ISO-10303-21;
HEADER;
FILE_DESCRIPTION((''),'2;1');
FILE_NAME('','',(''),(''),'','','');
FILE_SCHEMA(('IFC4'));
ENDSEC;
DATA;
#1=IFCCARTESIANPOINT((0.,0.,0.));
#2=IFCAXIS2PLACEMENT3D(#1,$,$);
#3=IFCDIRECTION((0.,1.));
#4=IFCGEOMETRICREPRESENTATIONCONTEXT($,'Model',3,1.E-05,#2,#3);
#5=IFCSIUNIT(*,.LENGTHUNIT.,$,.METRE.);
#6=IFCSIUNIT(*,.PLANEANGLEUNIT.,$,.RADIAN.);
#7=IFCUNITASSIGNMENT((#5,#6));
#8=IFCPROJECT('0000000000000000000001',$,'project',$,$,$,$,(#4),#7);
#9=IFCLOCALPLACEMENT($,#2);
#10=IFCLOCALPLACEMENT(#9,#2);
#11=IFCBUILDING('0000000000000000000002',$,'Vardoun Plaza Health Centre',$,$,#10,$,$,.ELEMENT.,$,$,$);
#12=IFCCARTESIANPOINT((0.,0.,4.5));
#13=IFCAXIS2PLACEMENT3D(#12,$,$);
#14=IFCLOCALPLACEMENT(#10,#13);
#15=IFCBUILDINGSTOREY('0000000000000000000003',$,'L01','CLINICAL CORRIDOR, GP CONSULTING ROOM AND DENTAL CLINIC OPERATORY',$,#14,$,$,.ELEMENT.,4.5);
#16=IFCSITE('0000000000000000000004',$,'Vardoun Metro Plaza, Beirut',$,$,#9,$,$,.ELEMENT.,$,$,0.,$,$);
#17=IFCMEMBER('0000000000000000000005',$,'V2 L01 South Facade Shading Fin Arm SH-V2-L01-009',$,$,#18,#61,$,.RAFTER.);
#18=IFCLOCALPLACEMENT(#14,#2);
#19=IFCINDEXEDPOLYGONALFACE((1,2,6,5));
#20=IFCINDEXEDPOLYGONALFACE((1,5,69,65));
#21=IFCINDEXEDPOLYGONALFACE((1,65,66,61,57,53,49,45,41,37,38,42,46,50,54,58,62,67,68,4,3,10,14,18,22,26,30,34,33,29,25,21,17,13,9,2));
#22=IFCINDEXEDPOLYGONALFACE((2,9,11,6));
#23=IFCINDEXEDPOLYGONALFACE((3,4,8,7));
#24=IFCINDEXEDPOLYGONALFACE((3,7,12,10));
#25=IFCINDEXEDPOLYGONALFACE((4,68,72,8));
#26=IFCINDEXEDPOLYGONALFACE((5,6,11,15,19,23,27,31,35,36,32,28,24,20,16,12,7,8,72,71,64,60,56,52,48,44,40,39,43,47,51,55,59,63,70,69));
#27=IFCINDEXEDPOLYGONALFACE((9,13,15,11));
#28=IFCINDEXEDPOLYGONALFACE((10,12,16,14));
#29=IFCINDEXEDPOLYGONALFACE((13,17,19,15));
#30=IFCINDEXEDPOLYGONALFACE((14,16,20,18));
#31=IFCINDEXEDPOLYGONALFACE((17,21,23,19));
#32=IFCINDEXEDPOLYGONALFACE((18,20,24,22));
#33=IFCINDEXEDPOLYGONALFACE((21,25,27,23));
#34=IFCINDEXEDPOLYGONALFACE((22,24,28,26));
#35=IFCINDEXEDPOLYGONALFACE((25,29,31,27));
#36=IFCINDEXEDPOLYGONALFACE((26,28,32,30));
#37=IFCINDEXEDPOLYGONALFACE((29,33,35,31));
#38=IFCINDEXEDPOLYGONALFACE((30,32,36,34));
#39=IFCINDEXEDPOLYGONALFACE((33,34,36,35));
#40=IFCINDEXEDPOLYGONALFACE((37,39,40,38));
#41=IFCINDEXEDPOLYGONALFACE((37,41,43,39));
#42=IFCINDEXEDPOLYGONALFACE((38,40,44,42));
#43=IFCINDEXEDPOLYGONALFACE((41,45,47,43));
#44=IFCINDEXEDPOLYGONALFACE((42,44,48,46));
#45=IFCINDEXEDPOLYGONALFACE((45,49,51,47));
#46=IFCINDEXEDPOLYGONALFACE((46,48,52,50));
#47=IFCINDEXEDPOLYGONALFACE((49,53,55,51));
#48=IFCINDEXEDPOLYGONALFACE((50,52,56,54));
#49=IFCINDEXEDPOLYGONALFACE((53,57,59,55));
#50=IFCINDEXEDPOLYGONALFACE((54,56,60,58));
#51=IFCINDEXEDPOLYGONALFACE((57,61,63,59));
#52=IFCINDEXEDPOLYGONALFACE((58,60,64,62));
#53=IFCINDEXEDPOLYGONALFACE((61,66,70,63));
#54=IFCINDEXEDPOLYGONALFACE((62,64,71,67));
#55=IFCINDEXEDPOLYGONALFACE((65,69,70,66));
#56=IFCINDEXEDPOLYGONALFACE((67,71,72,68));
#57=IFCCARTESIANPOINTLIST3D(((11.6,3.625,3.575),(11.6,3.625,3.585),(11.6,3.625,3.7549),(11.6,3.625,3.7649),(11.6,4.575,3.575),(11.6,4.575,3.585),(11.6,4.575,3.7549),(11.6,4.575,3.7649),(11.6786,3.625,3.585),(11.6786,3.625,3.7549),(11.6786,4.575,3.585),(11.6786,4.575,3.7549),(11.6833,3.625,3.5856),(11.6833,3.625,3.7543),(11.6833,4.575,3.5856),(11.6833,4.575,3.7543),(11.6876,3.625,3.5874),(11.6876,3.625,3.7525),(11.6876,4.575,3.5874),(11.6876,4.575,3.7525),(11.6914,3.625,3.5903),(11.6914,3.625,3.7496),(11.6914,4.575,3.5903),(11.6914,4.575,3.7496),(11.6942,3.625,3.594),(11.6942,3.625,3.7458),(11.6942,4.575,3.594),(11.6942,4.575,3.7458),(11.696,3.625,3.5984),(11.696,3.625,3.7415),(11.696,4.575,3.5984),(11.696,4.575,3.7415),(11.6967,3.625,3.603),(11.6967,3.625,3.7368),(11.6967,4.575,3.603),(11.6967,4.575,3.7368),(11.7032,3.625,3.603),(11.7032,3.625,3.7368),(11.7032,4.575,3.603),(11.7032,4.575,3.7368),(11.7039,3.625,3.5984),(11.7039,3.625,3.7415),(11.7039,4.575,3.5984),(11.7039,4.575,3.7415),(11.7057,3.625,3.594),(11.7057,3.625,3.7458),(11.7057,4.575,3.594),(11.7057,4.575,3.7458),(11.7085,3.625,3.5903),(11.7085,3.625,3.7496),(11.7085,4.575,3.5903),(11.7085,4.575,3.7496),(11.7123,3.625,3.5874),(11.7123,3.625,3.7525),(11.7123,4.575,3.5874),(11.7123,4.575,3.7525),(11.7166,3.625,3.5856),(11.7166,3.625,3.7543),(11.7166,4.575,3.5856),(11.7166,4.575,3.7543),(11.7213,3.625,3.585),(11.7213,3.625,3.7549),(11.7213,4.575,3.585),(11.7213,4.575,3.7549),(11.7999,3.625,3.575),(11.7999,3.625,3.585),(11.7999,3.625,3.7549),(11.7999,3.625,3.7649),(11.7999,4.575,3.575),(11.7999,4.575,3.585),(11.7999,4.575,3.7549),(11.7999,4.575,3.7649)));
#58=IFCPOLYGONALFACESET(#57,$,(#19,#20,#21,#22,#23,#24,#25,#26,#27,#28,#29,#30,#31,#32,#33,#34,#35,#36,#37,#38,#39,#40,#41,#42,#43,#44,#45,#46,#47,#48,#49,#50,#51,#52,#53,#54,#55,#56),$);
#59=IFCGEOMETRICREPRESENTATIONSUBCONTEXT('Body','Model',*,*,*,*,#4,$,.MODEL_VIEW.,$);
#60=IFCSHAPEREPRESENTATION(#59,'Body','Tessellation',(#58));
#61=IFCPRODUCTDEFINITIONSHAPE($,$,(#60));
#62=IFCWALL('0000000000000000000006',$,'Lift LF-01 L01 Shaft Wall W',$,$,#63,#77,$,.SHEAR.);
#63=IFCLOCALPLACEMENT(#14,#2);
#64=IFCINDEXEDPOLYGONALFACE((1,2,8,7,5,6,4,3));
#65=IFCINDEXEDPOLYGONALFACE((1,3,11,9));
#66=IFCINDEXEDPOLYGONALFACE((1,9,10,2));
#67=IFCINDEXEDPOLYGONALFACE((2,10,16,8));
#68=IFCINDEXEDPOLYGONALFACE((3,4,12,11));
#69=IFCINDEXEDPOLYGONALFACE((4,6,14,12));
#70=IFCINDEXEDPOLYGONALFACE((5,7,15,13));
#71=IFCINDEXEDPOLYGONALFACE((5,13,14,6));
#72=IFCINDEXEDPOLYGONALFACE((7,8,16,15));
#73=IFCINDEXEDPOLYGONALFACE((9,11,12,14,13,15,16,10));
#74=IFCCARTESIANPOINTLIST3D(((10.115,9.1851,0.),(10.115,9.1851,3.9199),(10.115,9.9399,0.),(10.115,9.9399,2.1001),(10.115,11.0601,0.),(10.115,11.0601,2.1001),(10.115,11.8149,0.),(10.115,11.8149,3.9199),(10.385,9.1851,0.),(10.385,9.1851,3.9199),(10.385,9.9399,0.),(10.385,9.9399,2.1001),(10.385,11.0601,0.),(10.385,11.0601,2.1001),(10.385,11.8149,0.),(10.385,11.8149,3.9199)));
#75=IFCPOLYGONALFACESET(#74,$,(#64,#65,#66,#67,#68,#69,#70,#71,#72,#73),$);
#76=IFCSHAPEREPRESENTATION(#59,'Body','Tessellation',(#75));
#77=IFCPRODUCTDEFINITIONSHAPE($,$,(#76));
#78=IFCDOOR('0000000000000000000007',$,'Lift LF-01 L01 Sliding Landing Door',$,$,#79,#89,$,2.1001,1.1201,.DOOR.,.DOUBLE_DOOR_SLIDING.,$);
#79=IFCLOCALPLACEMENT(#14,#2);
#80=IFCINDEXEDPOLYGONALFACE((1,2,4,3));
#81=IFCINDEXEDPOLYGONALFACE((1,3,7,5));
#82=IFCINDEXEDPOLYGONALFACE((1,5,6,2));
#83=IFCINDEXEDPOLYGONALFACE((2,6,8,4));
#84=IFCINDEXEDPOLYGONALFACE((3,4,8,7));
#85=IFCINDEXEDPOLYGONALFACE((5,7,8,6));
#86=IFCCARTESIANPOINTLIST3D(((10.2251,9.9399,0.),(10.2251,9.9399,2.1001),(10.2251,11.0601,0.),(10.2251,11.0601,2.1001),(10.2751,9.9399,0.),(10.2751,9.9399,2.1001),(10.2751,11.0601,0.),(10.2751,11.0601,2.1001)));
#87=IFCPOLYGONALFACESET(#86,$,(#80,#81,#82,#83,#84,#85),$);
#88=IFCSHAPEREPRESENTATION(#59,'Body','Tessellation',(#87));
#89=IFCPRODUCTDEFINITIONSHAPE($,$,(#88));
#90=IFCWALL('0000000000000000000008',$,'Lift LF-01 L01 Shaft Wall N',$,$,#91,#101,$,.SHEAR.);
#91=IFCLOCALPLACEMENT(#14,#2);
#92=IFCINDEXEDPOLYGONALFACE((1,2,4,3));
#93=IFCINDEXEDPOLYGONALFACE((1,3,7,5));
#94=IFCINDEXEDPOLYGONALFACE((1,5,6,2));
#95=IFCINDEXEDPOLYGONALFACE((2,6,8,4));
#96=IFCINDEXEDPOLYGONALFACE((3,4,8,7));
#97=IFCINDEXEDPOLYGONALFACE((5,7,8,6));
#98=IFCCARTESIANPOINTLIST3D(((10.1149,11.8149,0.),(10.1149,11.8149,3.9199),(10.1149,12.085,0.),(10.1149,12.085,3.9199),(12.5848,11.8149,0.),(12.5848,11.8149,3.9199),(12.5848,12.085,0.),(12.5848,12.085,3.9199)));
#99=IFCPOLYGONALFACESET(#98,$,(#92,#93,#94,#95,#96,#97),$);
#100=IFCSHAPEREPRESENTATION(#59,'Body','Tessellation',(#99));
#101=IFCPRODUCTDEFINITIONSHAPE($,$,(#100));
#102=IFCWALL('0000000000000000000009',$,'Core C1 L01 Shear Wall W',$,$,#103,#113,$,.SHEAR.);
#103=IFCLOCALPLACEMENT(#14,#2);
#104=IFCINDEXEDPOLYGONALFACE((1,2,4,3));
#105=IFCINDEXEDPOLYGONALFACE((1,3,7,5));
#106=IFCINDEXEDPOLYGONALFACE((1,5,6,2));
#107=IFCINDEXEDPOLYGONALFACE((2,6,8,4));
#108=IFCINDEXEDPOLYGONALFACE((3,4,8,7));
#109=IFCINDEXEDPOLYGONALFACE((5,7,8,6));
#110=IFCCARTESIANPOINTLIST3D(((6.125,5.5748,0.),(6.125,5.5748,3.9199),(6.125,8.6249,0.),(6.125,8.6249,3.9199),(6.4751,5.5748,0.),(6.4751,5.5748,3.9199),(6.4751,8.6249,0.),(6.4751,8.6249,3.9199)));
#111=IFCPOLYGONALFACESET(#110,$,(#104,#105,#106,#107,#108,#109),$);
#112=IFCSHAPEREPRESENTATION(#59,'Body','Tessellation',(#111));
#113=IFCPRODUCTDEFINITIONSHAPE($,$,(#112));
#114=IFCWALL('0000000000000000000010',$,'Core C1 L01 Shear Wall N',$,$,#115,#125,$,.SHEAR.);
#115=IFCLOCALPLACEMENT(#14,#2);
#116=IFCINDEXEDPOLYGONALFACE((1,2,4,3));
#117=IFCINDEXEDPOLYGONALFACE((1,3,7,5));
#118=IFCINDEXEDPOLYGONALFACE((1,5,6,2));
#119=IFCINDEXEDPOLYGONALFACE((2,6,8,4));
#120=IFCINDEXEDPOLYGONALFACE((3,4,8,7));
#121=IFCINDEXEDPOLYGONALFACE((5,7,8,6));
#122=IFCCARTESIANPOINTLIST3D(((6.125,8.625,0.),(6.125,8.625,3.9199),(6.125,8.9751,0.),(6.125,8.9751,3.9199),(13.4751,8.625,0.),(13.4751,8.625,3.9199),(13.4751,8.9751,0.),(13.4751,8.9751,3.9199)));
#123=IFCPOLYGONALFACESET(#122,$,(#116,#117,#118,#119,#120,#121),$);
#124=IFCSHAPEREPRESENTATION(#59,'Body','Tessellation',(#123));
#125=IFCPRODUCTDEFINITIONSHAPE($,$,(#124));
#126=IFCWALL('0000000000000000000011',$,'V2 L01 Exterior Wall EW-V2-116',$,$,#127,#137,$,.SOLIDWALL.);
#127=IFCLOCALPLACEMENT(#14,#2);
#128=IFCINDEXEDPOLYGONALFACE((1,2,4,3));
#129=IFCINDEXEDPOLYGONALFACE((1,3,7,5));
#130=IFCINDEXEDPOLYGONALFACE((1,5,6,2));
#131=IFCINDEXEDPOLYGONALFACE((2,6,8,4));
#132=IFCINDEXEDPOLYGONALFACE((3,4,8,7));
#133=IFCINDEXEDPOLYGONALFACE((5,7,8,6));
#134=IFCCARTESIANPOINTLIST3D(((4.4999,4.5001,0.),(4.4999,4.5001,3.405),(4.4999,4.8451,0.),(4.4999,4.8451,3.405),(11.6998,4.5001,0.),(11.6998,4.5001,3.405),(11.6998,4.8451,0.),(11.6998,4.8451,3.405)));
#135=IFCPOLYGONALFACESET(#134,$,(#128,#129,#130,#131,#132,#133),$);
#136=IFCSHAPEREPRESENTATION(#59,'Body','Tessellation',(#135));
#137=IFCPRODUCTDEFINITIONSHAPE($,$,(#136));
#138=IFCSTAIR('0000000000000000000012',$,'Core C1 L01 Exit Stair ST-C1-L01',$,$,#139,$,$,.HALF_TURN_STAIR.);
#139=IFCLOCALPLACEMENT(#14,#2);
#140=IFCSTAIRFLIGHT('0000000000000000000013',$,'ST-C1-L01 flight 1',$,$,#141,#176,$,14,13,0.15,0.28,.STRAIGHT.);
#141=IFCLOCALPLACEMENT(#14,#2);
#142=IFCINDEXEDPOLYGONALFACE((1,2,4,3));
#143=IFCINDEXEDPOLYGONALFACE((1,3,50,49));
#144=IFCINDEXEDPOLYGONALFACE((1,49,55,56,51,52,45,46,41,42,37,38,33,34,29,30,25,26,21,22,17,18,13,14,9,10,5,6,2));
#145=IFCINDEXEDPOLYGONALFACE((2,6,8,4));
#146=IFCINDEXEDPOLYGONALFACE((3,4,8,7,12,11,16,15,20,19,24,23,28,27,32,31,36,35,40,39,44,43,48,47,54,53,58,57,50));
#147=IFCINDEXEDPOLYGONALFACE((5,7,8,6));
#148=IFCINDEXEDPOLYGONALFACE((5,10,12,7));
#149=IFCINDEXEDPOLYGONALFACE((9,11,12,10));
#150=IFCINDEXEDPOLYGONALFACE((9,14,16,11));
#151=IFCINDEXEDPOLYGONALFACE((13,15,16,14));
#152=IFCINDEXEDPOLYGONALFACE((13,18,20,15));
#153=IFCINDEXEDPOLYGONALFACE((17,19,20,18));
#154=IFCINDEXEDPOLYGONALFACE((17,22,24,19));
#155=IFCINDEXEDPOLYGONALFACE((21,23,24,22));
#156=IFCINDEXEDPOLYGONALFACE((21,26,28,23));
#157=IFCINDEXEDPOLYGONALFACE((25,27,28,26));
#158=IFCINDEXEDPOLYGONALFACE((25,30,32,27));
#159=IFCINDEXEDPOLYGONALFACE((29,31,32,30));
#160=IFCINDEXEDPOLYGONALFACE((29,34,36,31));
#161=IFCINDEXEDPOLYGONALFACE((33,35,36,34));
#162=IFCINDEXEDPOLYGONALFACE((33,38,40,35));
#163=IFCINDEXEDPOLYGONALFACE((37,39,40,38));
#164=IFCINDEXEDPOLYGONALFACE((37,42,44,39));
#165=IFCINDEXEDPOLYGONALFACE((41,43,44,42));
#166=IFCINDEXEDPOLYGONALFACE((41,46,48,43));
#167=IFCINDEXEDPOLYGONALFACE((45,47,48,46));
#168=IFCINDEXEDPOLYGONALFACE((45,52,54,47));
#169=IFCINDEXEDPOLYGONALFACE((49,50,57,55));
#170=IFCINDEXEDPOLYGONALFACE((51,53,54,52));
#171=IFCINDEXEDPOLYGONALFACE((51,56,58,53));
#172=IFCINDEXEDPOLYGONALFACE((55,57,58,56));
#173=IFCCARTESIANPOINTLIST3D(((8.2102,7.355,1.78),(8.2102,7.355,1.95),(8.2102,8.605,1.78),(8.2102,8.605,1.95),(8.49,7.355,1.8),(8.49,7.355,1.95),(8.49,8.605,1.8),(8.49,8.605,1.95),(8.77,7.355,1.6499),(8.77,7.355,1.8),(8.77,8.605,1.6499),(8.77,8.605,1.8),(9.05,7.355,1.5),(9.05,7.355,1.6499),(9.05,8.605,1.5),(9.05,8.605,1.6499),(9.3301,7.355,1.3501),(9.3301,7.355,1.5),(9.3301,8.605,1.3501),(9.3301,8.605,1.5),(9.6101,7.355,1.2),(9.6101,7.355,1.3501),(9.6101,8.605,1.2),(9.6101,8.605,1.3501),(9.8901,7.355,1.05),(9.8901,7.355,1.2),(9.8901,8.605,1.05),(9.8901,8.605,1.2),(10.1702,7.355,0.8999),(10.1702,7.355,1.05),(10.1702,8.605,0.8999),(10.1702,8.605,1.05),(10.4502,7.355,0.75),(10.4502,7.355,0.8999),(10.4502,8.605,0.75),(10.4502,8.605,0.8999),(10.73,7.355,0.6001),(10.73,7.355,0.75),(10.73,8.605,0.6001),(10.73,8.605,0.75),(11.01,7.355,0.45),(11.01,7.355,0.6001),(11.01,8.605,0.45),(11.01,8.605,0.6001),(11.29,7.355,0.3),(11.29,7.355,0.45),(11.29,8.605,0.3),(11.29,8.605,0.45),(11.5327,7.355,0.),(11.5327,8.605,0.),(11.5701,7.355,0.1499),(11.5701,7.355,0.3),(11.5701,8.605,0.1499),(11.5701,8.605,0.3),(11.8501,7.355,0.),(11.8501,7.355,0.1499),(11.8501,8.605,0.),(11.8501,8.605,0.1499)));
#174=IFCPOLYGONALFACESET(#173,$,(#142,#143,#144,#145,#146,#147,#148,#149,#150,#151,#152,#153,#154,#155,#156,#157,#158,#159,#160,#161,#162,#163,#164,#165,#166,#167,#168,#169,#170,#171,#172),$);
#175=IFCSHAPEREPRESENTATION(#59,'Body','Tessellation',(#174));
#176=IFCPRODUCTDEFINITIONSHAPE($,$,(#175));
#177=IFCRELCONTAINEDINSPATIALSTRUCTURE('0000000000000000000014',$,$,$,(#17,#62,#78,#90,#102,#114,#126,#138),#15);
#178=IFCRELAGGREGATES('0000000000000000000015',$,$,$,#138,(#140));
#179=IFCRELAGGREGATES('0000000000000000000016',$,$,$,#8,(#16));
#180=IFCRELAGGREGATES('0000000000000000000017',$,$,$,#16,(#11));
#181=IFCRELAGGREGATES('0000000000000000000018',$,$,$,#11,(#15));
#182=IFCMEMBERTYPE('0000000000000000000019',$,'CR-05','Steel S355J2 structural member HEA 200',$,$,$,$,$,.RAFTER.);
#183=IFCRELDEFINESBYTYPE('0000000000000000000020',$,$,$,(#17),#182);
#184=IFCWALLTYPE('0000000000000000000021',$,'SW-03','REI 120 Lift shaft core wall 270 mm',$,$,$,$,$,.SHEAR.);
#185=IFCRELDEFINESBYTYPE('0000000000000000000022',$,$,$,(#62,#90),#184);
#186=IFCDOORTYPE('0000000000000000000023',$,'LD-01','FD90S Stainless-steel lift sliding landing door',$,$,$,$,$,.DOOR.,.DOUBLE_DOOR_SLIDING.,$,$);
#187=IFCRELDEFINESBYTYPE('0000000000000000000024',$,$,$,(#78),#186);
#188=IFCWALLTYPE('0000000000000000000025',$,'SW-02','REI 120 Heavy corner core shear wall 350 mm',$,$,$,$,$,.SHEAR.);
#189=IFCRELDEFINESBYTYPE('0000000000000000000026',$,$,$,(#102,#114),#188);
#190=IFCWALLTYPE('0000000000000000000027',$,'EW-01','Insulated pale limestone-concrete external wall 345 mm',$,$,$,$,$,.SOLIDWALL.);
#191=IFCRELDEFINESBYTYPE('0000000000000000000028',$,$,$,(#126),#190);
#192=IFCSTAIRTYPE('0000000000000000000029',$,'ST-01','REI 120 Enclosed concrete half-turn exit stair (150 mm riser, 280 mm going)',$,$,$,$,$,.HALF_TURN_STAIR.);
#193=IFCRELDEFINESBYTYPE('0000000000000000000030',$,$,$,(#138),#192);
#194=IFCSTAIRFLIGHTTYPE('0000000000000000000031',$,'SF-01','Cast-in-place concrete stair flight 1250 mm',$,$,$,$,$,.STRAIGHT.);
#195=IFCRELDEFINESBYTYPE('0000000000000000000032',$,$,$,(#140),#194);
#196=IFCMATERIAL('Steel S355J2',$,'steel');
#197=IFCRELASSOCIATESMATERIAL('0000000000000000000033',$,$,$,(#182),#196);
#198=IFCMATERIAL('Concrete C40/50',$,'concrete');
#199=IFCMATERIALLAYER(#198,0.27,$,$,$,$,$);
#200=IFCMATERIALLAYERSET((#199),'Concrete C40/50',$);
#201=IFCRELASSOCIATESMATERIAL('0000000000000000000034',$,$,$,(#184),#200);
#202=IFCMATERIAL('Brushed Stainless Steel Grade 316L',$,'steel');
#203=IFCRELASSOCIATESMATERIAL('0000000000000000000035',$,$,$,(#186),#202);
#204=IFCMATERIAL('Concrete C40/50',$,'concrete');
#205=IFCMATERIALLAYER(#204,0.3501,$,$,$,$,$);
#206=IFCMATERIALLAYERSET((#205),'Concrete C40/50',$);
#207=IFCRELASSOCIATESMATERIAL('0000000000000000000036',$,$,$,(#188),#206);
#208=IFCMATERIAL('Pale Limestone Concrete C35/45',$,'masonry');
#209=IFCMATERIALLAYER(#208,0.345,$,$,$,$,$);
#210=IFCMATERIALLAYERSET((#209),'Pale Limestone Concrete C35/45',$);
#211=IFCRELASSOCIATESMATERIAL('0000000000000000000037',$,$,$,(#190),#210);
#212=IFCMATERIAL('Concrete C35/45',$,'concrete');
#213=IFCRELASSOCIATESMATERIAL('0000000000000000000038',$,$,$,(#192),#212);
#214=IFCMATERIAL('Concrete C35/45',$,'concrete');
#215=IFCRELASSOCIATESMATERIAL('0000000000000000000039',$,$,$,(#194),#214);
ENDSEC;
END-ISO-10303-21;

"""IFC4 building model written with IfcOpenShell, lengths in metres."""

from ifc_helpers import new_model, si_unit, direction, frame, frame_2d, origin, origin_2d, place, context, subcontext, project, spatial, polyline, rectangle, i_section, outline, extrude, material, layer, layer_set, material_profile, profile_set, type_object, element, fill, aggregate, save


model = new_model("IFC4")

# Units and contexts
model_context = context("Model", 3, precision=1e-05, world=origin(), true_north=direction((0.0, 1.0)))
body_context = subcontext(model_context, "Body", "Model", "MODEL_VIEW")
ifc_project = project(units=[si_unit("LENGTHUNIT", "METRE"), si_unit("PLANEANGLEUNIT", "RADIAN")], contexts=[model_context])

# Site, building, storey
site_placement = place(None, origin())
site = spatial("IfcSite", under=ifc_project, at=site_placement, Name="Vardoun Metro Plaza, Beirut", CompositionType="ELEMENT", RefElevation=0.0)
building_placement = place(site_placement, origin())
building = spatial("IfcBuilding", under=site, at=building_placement, Name="Vardoun Plaza Health Centre", CompositionType="ELEMENT")
storey_placement = place(building_placement, frame((0.0, 0.0, 4.5)))
storey = spatial("IfcBuildingStorey", under=building, at=storey_placement, Name="L01", Description="CLINICAL CORRIDOR, GP CONSULTING ROOM AND DENTAL CLINIC OPERATORY", CompositionType="ELEMENT", Elevation=4.5)

# Member
ifc_material_1 = material(Name="Steel S355J2", Category="steel")
ifc_material_profile_1 = material_profile(ifc_material_1, i_section(OverallWidth=0.2, OverallDepth=0.1899, WebThickness=0.0066, FlangeThickness=0.01, FilletRadius=0.0181, at=origin_2d()), Name="HEA 200")
ifc_profile_set_1 = profile_set([ifc_material_profile_1], Name="Steel S355J2")
member_type = type_object("IfcMemberType", Name="CR-05", Description="Steel S355J2 structural member HEA 200", PredefinedType="RAFTER", material=ifc_profile_set_1)
member_placement = place(storey_placement, frame((11.7, 4.575, 3.6699), z_axis=(0.0, -1.0, 0.0), x_axis=(1.0, 0.0, 0.0)))
element("IfcMember", 1, at=member_placement, inside=storey, type_object=member_type, Name="V2 L01 South Facade Shading Fin Arm SH-V2-L01-009", PredefinedType="RAFTER", context=body_context, shape_type="SweptSolid", body=[
    extrude(i_section(OverallWidth=0.2, OverallDepth=0.1899, WebThickness=0.0066, FlangeThickness=0.01, FilletRadius=0.0181, at=origin_2d()), origin(), (0.0, 0.0, 1.0), 0.95),
])

# Wall, opening, door
ifc_material_2 = material(Name="Concrete C40/50", Category="concrete")
ifc_layer_1 = layer(ifc_material_2, 0.27)
ifc_layer_set_1 = layer_set([ifc_layer_1], Name="Concrete C40/50")
wall_type_1 = type_object("IfcWallType", Name="SW-03", Description="REI 120 Lift shaft core wall 270 mm", PredefinedType="SHEAR", material=ifc_layer_set_1)
wall_1_placement = place(storey_placement, frame((10.25, 9.1851, 0.0), z_axis=(0.0, 0.0, 1.0), x_axis=(0.0, 1.0, 0.0)))
wall_1 = element("IfcWall", 2, at=wall_1_placement, inside=storey, type_object=wall_type_1, Name="Lift LF-01 L01 Shaft Wall W", PredefinedType="SHEAR", context=body_context, shape_type="SweptSolid", body=[
    extrude(rectangle(XDim=2.6299, YDim=0.27, at=frame_2d((1.3149, 0.0))), origin(), (0.0, 0.0, 1.0), 3.9199),
])
opening_placement = place(wall_1_placement, frame((0.7549, 0.0, 0.0)))
opening = element("IfcOpeningElement", 3, at=opening_placement, cuts=wall_1, PredefinedType="OPENING", context=body_context, shape_type="SweptSolid", body=[
    extrude(rectangle(XDim=1.1201, YDim=2.1001, at=frame_2d((0.5601, 1.05))), frame((0.0, 0.135, 0.0), z_axis=(0.0, -1.0, 0.0), x_axis=(1.0, 0.0, 0.0)), (0.0, 0.0, 1.0), 0.27),
])
ifc_material_3 = material(Name="Brushed Stainless Steel Grade 316L", Category="steel")
door_type = type_object("IfcDoorType", Name="LD-01", Description="FD90S Stainless-steel lift sliding landing door", OperationType="DOUBLE_DOOR_SLIDING", PredefinedType="DOOR", material=ifc_material_3)
door_placement = place(opening_placement, origin())
door = element("IfcDoor", 4, at=door_placement, inside=storey, type_object=door_type, Name="Lift LF-01 L01 Sliding Landing Door", OperationType="DOUBLE_DOOR_SLIDING", OverallHeight=2.1001, OverallWidth=1.1201, PredefinedType="DOOR", context=body_context, shape_type="SweptSolid", body=[
    extrude(rectangle(XDim=1.1201, YDim=2.1001, at=frame_2d((0.5601, 1.05))), frame((0.0, 0.0249, 0.0), z_axis=(0.0, -1.0, 0.0), x_axis=(1.0, 0.0, 0.0)), (0.0, 0.0, 1.0), 0.05),
])
fill(opening, door)

# Walls
wall_2_placement = place(storey_placement, frame((10.115, 11.95, 0.0), z_axis=(0.0, 0.0, 1.0), x_axis=(1.0, 0.0, 0.0)))
element("IfcWall", 5, at=wall_2_placement, inside=storey, type_object=wall_type_1, Name="Lift LF-01 L01 Shaft Wall N", PredefinedType="SHEAR", context=body_context, shape_type="SweptSolid", body=[
    extrude(rectangle(XDim=2.47, YDim=0.27, at=frame_2d((1.2349, 0.0))), origin(), (0.0, 0.0, 1.0), 3.9199),
])
ifc_material_4 = material(Name="Concrete C40/50", Category="concrete")
ifc_layer_2 = layer(ifc_material_4, 0.3501)
ifc_layer_set_2 = layer_set([ifc_layer_2], Name="Concrete C40/50")
wall_type_2 = type_object("IfcWallType", Name="SW-02", Description="REI 120 Heavy corner core shear wall 350 mm", PredefinedType="SHEAR", material=ifc_layer_set_2)
wall_3_placement = place(storey_placement, frame((6.3, 5.575, 0.0), z_axis=(0.0, 0.0, 1.0), x_axis=(0.0, 1.0, 0.0)))
element("IfcWall", 6, at=wall_3_placement, inside=storey, type_object=wall_type_2, Name="Core C1 L01 Shear Wall W", PredefinedType="SHEAR", context=body_context, shape_type="SweptSolid", body=[
    extrude(rectangle(XDim=3.05, YDim=0.3501, at=frame_2d((1.5249, 0.0))), origin(), (0.0, 0.0, 1.0), 3.9199),
])
wall_4_placement = place(storey_placement, frame((6.125, 8.8, 0.0), z_axis=(0.0, 0.0, 1.0), x_axis=(1.0, 0.0, 0.0)))
element("IfcWall", 7, at=wall_4_placement, inside=storey, type_object=wall_type_2, Name="Core C1 L01 Shear Wall N", PredefinedType="SHEAR", context=body_context, shape_type="SweptSolid", body=[
    extrude(rectangle(XDim=7.3501, YDim=0.3501, at=frame_2d((3.675, 0.0))), origin(), (0.0, 0.0, 1.0), 3.9199),
])
ifc_material_5 = material(Name="Pale Limestone Concrete C35/45", Category="masonry")
ifc_layer_3 = layer(ifc_material_5, 0.345)
ifc_layer_set_3 = layer_set([ifc_layer_3], Name="Pale Limestone Concrete C35/45")
wall_type_3 = type_object("IfcWallType", Name="EW-01", Description="Insulated pale limestone-concrete external wall 345 mm", PredefinedType="SOLIDWALL", material=ifc_layer_set_3)
wall_5_placement = place(storey_placement, frame((11.7, 4.6726, 0.0), z_axis=(0.0, 0.0, 1.0), x_axis=(-1.0, 0.0, 0.0)))
element("IfcWall", 8, at=wall_5_placement, inside=storey, type_object=wall_type_3, Name="V2 L01 Exterior Wall EW-V2-116", PredefinedType="SOLIDWALL", context=body_context, shape_type="SweptSolid", body=[
    extrude(rectangle(XDim=7.2, YDim=0.345, at=frame_2d((3.6001, 0.0))), origin(), (0.0, 0.0, 1.0), 3.405),
])

# Stair, stair flight
ifc_material_6 = material(Name="Concrete C35/45", Category="concrete")
stair_type = type_object("IfcStairType", Name="ST-01", Description="REI 120 Enclosed concrete half-turn exit stair (150 mm riser, 280 mm going)", PredefinedType="HALF_TURN_STAIR", material=ifc_material_6)
stair_placement = place(storey_placement, origin())
stair = element("IfcStair", 9, at=stair_placement, inside=storey, type_object=stair_type, Name="Core C1 L01 Exit Stair ST-C1-L01", PredefinedType="HALF_TURN_STAIR")
ifc_material_7 = material(Name="Concrete C35/45", Category="concrete")
stair_flight_type = type_object("IfcStairFlightType", Name="SF-01", Description="Cast-in-place concrete stair flight 1250 mm", PredefinedType="STRAIGHT", material=ifc_material_7)
stair_flight_1_placement = place(storey_placement, frame((11.8501, 7.98, 0.0), z_axis=(0.0, 0.0, 1.0), x_axis=(-1.0, 0.0, 0.0)))
stair_flight_1 = element("IfcStairFlight", 10, at=stair_flight_1_placement, type_object=stair_flight_type, Name="ST-C1-L01 flight 1", NumberOfRisers=14, NumberOfTreads=13, PredefinedType="STRAIGHT", RiserHeight=0.15, TreadLength=0.28, context=body_context, shape_type="SweptSolid", body=[
    extrude(outline(polyline([(0.0, 0.0), (0.0, 0.1499), (0.28, 0.1499), (0.28, 0.3), (0.5601, 0.3), (0.5601, 0.45), (0.8401, 0.45), (0.8401, 0.6001), (1.1201, 0.6001), (1.1201, 0.75), (1.3999, 0.75), (1.3999, 0.8999), (1.6799, 0.8999), (1.6799, 1.05), (1.96, 1.05), (1.96, 1.2), (2.24, 1.2), (2.24, 1.3501), (2.52, 1.3501), (2.52, 1.5), (2.8, 1.5), (2.8, 1.6499), (3.0801, 1.6499), (3.0801, 1.8), (3.3601, 1.8), (3.3601, 1.95), (3.6399, 1.95), (3.6399, 2.1001), (3.6399, 1.78), (0.3174, 0.0), (0.0, 0.0)])), frame((0.0, 0.625, 0.0), z_axis=(0.0, -1.0, 0.0), x_axis=(1.0, 0.0, 0.0)), (0.0, 0.0, 1.0), 1.25),
])
aggregate(stair, [stair_flight_1])

save(model, "model.ifc")
